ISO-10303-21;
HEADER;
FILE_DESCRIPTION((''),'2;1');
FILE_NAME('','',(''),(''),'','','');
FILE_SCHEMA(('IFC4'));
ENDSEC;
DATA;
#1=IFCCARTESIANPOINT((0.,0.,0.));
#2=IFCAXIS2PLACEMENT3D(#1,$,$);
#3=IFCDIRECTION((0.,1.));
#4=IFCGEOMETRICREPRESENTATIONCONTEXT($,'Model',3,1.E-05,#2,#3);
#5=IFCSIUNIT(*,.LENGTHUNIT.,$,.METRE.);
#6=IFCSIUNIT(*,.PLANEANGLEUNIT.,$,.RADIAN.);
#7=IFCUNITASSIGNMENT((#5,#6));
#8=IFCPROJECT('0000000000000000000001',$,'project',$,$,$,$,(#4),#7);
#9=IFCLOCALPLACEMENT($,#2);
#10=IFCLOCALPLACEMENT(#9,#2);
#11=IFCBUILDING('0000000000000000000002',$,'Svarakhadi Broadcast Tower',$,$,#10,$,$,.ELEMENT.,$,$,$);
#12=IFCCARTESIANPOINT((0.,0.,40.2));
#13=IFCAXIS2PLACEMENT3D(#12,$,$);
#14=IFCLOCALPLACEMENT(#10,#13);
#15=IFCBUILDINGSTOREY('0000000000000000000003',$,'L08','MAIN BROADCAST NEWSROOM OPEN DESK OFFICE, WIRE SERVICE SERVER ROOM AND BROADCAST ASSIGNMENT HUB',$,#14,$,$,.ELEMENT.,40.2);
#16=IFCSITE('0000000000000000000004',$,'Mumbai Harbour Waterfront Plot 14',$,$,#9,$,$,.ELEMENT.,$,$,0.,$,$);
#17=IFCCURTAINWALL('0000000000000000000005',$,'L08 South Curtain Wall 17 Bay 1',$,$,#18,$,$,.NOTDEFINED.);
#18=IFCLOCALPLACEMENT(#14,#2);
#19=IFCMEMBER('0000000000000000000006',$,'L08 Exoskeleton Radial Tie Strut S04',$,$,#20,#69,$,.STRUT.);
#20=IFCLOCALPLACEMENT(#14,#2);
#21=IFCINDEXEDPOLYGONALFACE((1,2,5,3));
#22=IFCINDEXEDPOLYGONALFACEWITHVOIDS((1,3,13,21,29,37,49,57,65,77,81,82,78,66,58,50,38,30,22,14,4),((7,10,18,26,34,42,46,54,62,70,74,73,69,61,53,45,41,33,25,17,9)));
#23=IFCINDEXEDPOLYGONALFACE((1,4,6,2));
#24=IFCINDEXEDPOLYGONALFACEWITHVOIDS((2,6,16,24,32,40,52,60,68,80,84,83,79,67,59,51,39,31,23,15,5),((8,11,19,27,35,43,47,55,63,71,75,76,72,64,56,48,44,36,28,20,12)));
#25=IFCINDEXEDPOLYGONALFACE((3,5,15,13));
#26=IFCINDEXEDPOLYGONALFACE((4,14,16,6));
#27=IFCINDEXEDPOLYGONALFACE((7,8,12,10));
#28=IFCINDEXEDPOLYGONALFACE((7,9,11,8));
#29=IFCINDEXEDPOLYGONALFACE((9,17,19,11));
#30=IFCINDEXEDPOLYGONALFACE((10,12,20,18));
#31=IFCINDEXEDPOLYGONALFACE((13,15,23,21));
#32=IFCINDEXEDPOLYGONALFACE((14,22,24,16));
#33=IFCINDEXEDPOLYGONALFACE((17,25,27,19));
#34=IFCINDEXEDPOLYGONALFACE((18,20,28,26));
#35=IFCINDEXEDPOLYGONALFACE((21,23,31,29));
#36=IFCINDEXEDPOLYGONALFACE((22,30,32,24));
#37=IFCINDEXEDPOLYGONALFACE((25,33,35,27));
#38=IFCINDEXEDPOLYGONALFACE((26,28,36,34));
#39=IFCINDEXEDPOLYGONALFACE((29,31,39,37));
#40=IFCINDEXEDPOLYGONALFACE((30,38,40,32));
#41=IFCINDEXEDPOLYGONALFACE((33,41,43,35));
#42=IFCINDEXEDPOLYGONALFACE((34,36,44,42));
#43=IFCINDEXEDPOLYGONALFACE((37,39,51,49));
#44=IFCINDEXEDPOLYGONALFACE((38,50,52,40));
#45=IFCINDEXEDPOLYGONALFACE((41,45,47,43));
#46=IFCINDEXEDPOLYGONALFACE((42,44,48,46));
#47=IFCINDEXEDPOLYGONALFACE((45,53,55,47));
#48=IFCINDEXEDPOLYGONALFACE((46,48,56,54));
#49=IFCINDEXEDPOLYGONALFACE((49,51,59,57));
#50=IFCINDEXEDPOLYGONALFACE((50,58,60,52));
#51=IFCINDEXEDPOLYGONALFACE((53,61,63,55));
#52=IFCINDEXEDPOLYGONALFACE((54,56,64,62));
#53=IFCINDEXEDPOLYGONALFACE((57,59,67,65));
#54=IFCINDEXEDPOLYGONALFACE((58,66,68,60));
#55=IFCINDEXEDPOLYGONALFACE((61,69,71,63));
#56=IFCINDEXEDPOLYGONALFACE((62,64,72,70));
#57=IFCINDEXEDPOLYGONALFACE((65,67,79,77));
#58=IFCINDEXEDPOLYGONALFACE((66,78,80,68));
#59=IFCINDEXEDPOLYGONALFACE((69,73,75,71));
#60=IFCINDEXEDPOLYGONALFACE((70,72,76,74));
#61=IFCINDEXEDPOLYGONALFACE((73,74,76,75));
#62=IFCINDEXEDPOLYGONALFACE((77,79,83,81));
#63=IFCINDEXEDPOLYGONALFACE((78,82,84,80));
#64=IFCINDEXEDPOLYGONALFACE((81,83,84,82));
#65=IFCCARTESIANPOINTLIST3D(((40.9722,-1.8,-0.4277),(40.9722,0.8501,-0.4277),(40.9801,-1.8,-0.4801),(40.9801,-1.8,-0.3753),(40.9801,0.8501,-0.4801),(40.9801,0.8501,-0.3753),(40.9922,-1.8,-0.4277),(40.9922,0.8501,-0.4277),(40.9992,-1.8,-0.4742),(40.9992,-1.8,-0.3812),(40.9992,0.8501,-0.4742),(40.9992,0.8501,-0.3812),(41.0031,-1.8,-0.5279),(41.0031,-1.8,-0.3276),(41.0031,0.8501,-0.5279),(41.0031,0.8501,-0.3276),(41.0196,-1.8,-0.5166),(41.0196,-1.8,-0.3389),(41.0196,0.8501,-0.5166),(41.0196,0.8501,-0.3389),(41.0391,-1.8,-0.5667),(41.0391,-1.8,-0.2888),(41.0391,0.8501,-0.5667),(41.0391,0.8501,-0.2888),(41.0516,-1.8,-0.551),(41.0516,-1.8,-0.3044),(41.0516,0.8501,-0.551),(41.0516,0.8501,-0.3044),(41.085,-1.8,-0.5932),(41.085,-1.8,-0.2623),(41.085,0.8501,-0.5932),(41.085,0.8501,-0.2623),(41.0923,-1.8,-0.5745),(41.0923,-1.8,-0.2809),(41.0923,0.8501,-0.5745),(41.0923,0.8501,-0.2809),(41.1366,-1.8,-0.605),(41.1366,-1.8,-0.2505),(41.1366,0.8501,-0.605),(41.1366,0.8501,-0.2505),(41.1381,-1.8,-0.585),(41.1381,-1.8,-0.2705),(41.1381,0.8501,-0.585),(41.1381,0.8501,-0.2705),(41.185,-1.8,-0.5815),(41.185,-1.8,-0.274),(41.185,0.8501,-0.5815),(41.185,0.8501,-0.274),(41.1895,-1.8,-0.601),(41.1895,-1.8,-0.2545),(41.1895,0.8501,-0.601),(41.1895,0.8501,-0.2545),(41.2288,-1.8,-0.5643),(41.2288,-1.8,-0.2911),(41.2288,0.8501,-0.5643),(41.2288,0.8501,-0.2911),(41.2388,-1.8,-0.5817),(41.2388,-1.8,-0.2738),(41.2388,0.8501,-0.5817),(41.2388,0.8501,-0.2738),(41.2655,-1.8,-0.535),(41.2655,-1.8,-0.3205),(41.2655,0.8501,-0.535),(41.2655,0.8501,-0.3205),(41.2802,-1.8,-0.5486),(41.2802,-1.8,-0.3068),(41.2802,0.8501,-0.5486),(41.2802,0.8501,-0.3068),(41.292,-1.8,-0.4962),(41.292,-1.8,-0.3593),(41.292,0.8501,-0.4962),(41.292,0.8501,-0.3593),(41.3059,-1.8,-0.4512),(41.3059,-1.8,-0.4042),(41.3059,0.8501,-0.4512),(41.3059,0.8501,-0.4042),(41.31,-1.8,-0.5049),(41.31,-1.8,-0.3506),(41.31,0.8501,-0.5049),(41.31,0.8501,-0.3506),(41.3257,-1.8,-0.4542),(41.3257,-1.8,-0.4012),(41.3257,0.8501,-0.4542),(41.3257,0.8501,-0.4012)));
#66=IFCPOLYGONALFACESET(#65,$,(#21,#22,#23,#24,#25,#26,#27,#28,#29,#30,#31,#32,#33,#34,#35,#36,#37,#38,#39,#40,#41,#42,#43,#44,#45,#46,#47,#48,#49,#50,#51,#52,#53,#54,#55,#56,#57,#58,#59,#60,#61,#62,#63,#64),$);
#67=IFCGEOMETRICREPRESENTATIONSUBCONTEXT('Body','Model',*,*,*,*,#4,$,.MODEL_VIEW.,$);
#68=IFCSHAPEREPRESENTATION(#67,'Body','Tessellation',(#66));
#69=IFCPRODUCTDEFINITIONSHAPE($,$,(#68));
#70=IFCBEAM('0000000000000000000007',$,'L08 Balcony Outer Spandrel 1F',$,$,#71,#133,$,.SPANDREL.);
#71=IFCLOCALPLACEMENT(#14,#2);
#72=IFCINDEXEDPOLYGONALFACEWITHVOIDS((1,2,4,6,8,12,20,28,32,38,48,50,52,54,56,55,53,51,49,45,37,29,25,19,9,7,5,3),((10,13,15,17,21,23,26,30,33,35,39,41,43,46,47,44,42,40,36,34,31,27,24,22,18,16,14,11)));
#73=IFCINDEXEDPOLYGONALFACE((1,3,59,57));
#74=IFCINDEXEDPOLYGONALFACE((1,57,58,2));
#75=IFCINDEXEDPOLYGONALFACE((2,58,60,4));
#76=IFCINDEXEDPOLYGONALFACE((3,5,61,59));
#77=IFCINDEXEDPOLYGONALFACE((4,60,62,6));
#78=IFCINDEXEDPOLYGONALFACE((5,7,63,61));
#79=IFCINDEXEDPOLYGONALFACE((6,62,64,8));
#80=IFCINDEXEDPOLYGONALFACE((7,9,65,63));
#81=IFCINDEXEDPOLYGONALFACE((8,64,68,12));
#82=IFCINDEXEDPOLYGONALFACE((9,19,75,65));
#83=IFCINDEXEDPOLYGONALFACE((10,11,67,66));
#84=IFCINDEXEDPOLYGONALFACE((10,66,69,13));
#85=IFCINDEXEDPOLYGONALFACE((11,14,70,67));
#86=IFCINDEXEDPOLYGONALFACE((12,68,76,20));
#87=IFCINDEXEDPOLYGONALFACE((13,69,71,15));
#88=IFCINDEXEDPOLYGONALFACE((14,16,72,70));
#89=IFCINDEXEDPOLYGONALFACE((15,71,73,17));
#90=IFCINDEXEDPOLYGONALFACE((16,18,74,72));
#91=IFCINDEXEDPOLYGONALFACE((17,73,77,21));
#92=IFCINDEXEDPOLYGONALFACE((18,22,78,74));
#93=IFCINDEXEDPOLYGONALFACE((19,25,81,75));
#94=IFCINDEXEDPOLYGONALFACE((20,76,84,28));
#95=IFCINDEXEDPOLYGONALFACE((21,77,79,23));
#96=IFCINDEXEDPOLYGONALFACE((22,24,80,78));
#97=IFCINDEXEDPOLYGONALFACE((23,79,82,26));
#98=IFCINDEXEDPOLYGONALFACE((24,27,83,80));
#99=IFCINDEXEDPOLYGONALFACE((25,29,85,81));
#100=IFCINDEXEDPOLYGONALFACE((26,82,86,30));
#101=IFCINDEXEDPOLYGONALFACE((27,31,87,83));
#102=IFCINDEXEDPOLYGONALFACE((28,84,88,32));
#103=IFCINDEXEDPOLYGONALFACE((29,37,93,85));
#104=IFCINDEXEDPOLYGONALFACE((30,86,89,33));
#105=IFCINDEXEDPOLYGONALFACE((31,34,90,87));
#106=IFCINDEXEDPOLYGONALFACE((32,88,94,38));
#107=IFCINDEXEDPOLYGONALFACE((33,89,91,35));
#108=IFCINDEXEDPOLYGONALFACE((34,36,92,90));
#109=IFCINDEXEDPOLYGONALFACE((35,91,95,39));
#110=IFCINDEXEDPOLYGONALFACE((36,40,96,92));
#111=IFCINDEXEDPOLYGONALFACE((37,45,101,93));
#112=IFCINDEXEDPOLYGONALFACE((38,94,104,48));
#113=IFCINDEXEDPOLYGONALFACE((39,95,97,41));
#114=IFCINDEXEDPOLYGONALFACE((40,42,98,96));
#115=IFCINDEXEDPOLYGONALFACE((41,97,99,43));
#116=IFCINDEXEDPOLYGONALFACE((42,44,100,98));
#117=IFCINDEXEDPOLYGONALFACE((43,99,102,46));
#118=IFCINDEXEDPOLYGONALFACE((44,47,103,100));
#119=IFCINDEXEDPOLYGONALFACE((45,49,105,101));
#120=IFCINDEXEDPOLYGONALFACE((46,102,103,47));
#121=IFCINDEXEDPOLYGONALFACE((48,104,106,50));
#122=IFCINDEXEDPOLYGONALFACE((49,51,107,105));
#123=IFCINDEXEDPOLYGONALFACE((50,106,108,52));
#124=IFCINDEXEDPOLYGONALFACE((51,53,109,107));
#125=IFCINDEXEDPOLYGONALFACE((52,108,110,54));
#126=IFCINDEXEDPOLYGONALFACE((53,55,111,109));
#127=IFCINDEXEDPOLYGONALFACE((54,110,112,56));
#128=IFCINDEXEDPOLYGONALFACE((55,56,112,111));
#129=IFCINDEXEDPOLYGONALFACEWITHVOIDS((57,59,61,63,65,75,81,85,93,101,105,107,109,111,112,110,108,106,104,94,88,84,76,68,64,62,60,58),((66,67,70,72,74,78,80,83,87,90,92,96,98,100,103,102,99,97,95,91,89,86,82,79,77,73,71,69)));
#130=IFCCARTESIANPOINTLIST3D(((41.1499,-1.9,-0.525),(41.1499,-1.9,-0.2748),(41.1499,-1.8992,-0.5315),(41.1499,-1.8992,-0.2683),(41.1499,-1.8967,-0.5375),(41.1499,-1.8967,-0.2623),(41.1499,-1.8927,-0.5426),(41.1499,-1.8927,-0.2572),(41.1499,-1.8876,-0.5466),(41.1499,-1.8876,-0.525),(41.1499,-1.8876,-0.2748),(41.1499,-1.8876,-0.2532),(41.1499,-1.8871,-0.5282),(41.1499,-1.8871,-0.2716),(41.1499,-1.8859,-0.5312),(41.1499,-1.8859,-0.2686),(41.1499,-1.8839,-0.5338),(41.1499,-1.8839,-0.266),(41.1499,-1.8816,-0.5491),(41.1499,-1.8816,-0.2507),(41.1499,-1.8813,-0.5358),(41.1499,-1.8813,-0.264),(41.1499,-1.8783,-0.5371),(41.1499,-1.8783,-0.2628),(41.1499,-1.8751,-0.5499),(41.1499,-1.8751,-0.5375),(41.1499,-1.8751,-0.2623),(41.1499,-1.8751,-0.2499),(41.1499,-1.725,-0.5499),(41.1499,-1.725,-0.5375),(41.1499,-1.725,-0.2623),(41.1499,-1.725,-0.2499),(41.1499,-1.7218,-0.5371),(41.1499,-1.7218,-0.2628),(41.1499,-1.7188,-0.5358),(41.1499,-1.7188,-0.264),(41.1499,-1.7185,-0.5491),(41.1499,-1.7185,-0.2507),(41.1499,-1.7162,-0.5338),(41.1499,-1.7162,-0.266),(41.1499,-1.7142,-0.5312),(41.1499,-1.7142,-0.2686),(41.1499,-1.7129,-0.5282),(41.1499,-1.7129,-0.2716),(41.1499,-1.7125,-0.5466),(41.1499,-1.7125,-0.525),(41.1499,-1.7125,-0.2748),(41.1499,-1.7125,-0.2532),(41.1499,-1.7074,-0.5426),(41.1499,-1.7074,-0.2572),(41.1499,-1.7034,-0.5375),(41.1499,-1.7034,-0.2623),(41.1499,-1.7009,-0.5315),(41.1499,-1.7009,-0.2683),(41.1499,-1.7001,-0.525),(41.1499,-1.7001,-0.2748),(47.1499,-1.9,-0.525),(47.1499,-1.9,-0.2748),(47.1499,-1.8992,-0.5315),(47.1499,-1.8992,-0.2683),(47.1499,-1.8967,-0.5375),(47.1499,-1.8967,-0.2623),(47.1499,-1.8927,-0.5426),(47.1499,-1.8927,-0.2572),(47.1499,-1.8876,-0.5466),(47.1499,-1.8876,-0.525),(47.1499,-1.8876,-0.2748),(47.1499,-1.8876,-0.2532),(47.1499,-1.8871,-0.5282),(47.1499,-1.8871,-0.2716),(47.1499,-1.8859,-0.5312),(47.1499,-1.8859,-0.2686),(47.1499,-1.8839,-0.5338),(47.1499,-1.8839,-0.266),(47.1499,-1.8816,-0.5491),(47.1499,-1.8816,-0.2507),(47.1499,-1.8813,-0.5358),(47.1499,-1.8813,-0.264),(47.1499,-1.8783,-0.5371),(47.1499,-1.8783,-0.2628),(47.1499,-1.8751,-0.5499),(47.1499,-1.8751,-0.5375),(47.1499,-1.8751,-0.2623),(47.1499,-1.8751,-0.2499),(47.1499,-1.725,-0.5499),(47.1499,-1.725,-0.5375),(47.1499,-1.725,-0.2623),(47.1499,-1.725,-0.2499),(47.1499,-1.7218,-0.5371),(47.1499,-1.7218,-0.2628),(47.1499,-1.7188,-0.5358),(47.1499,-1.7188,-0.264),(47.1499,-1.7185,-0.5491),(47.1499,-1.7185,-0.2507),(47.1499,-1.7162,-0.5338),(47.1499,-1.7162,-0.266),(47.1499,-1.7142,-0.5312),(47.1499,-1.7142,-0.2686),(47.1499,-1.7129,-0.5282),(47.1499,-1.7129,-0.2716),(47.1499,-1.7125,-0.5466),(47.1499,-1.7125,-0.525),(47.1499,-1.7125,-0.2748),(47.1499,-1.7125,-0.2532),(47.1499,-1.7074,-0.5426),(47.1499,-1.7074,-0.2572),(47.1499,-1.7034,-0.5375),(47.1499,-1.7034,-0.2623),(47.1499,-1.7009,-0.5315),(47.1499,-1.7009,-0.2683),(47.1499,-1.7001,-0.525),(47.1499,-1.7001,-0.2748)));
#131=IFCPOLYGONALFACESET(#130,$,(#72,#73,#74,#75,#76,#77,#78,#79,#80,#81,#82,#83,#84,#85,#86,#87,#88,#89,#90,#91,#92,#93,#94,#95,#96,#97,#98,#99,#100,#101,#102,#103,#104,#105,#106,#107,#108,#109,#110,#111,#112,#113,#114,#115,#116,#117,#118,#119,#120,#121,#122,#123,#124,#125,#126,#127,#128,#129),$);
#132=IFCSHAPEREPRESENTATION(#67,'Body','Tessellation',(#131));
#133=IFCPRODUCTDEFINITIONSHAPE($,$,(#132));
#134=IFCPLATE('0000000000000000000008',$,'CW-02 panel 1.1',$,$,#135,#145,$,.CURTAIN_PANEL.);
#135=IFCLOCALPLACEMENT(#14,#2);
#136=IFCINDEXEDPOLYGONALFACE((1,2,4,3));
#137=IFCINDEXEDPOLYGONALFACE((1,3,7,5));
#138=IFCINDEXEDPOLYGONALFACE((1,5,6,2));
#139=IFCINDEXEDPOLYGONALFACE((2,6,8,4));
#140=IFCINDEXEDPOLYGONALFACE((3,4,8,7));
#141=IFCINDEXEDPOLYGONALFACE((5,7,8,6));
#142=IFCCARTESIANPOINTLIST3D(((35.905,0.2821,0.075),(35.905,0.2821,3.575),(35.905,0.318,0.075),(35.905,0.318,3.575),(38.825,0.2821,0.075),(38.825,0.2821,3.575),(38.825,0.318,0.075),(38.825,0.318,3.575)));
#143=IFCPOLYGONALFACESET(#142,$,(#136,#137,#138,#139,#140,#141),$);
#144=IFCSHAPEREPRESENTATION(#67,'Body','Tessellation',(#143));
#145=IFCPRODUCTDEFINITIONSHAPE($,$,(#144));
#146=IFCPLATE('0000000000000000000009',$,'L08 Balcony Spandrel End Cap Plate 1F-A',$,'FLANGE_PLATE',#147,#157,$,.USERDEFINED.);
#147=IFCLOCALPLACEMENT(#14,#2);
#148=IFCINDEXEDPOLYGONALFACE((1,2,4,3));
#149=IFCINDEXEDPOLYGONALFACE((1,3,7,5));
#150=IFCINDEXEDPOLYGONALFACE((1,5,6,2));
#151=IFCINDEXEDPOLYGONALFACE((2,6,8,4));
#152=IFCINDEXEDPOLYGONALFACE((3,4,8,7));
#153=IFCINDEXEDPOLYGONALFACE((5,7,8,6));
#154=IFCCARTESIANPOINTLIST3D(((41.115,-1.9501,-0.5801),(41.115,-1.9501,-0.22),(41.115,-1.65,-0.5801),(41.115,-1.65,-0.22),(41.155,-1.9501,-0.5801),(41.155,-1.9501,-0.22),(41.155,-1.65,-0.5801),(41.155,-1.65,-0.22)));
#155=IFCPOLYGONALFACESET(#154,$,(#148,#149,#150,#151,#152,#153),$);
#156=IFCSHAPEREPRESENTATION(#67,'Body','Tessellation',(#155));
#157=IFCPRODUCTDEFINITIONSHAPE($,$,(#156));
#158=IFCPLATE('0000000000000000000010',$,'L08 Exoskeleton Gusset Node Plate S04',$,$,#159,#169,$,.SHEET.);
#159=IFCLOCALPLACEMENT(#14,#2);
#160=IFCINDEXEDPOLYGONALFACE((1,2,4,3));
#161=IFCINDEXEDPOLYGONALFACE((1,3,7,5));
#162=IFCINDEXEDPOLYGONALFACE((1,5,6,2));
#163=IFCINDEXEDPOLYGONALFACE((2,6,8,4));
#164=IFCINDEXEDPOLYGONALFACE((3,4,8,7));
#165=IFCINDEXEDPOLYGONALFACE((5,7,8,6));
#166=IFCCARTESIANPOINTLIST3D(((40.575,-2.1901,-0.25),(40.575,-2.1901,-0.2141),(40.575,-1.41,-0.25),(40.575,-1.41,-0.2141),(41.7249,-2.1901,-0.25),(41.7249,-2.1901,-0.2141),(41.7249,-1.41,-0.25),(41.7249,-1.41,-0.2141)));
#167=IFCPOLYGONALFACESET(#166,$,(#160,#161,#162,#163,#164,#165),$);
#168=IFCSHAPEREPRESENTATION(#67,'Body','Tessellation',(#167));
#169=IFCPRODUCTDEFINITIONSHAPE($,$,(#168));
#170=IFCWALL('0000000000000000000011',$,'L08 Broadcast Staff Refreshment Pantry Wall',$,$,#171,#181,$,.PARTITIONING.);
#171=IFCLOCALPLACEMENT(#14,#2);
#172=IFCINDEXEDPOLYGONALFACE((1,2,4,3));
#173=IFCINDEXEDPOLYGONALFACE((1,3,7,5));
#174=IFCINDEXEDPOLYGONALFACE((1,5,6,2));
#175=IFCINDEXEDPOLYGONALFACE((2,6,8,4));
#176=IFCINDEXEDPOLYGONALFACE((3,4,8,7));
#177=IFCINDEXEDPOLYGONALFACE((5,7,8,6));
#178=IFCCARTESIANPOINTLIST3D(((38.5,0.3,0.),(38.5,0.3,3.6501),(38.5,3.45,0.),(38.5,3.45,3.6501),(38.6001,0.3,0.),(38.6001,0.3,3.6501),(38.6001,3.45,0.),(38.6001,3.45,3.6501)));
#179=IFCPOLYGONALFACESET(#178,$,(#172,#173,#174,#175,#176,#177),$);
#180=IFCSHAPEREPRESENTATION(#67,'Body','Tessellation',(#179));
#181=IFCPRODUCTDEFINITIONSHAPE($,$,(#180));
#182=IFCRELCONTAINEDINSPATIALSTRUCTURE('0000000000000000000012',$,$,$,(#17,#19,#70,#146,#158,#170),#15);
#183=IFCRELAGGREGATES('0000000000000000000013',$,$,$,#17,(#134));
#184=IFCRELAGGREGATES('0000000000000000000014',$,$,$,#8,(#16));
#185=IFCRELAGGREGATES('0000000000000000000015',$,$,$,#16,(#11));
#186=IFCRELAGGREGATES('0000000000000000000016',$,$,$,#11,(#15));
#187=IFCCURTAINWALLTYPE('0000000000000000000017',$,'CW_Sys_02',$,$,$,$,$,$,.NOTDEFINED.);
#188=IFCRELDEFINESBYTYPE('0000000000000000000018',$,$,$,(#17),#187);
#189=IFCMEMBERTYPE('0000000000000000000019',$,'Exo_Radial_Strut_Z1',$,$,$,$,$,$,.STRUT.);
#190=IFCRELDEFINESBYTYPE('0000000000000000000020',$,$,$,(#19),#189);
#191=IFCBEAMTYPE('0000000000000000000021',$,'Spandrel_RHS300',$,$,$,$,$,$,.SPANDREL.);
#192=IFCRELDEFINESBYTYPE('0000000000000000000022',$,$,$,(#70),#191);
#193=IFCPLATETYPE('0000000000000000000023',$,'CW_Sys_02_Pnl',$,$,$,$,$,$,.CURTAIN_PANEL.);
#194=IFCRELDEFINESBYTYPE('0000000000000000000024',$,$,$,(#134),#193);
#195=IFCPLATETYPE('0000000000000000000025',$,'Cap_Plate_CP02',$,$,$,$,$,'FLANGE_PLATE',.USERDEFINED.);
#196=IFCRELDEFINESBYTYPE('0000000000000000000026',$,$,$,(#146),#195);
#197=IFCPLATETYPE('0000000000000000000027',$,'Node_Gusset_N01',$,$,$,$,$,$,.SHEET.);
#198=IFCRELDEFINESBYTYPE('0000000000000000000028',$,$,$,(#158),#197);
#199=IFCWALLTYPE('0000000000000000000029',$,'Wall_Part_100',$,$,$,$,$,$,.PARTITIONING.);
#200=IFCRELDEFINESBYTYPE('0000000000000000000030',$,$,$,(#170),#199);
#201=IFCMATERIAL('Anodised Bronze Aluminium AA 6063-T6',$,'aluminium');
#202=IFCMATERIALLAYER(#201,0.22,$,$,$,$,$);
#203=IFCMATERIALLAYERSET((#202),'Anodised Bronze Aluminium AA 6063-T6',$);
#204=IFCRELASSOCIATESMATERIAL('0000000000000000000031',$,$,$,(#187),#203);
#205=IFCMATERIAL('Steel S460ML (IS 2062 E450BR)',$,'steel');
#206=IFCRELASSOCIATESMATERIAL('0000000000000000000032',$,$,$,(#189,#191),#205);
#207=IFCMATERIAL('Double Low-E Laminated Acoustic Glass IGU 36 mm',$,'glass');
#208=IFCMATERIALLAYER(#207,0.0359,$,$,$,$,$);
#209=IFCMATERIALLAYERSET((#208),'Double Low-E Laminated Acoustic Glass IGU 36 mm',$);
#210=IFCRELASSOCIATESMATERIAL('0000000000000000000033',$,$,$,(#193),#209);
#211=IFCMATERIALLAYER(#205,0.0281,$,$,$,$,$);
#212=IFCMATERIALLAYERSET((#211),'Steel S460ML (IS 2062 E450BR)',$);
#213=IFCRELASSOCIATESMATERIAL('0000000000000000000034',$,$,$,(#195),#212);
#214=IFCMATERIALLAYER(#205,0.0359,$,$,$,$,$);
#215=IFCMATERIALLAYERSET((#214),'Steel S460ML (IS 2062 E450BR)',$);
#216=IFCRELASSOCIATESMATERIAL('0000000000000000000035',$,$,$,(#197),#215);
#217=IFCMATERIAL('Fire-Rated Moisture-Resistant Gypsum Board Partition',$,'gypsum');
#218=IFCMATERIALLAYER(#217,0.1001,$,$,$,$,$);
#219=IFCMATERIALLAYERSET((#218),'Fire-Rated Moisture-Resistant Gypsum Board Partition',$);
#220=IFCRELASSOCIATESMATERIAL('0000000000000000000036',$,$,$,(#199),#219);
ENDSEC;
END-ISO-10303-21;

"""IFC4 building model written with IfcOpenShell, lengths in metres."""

from ifc_helpers import new_model, si_unit, direction, frame, frame_2d, origin, origin_2d, place, context, subcontext, project, spatial, rectangle, hollow_rectangle, hollow_circle, extrude, material, layer, layer_set, material_profile, profile_set, type_object, element, aggregate, save


model = new_model("IFC4")

# Units and contexts
model_context = context("Model", 3, precision=1e-05, world=origin(), true_north=direction((0.0, 1.0)))
body_context = subcontext(model_context, "Body", "Model", "MODEL_VIEW")
ifc_project = project(units=[si_unit("LENGTHUNIT", "METRE"), si_unit("PLANEANGLEUNIT", "RADIAN")], contexts=[model_context])

# Site, building, storey
site_placement = place(None, origin())
site = spatial("IfcSite", under=ifc_project, at=site_placement, Name="Mumbai Harbour Waterfront Plot 14", CompositionType="ELEMENT", RefElevation=0.0)
building_placement = place(site_placement, origin())
building = spatial("IfcBuilding", under=site, at=building_placement, Name="Svarakhadi Broadcast Tower", CompositionType="ELEMENT")
storey_placement = place(building_placement, frame((0.0, 0.0, 40.2)))
storey = spatial("IfcBuildingStorey", under=building, at=storey_placement, Name="L08", Description="MAIN BROADCAST NEWSROOM OPEN DESK OFFICE, WIRE SERVICE SERVER ROOM AND BROADCAST ASSIGNMENT HUB", CompositionType="ELEMENT", Elevation=40.2)

# Curtain wall
ifc_material_1 = material(Name="Anodised Bronze Aluminium AA 6063-T6", Category="aluminium")
ifc_layer_1 = layer(ifc_material_1, 0.22)
ifc_layer_set_1 = layer_set([ifc_layer_1], Name="Anodised Bronze Aluminium AA 6063-T6")
curtain_wall_type = type_object("IfcCurtainWallType", Name="CW_Sys_02", PredefinedType="NOTDEFINED", material=ifc_layer_set_1)
curtain_wall_placement = place(storey_placement, origin())
curtain_wall = element("IfcCurtainWall", 1, at=curtain_wall_placement, inside=storey, type_object=curtain_wall_type, Name="L08 South Curtain Wall 17 Bay 1", PredefinedType="NOTDEFINED")

# Member
ifc_material_2 = material(Name="Steel S460ML (IS 2062 E450BR)", Category="steel")
ifc_material_profile_1 = material_profile(ifc_material_2, hollow_circle(Radius=0.1777, WallThickness=0.02, at=origin_2d()), Name="CHS 355.6x20")
ifc_profile_set_1 = profile_set([ifc_material_profile_1], Name="Steel S460ML (IS 2062 E450BR)")
member_type_1 = type_object("IfcMemberType", Name="Exo_Radial_Strut_Z1", PredefinedType="STRUT", material=ifc_profile_set_1)
member_1_placement = place(storey_placement, frame((41.1499, -1.8, -0.4277), z_axis=(0.0, 1.0, 0.0), x_axis=(-1.0, 0.0, 0.0)))
element("IfcMember", 2, at=member_1_placement, inside=storey, type_object=member_type_1, Name="L08 Exoskeleton Radial Tie Strut S04", PredefinedType="STRUT", context=body_context, shape_type="SweptSolid", body=[
    extrude(hollow_circle(Radius=0.1777, WallThickness=0.02, at=origin_2d()), origin(), (0.0, 0.0, 1.0), 2.6501),
])

# Beam
ifc_material_profile_2 = material_profile(ifc_material_2, hollow_rectangle(XDim=0.2, YDim=0.3, WallThickness=0.0125, InnerFilletRadius=0.0125, OuterFilletRadius=0.0249, at=origin_2d()), Name="RHS 300x200x12.5")
ifc_profile_set_2 = profile_set([ifc_material_profile_2], Name="Steel S460ML (IS 2062 E450BR)")
beam_type_1 = type_object("IfcBeamType", Name="Spandrel_RHS300", PredefinedType="SPANDREL", material=ifc_profile_set_2)
beam_placement = place(storey_placement, frame((41.1499, -1.8, -0.3999), z_axis=(1.0, 0.0, 0.0), x_axis=(0.0, 1.0, 0.0)))
element("IfcBeam", 3, at=beam_placement, inside=storey, type_object=beam_type_1, Name="L08 Balcony Outer Spandrel 1F", PredefinedType="SPANDREL", context=body_context, shape_type="SweptSolid", body=[
    extrude(hollow_rectangle(XDim=0.2, YDim=0.3, WallThickness=0.0125, InnerFilletRadius=0.0125, OuterFilletRadius=0.0249, at=origin_2d()), origin(), (0.0, 0.0, 1.0), 6.0),
])

# Plate
ifc_material_3 = material(Name="Double Low-E Laminated Acoustic Glass IGU 36 mm", Category="glass")
ifc_layer_2 = layer(ifc_material_3, 0.0359)
ifc_layer_set_2 = layer_set([ifc_layer_2], Name="Double Low-E Laminated Acoustic Glass IGU 36 mm")
plate_type_1 = type_object("IfcPlateType", Name="CW_Sys_02_Pnl", PredefinedType="CURTAIN_PANEL", material=ifc_layer_set_2)
plate_1_placement = place(storey_placement, frame((37.365, 0.3, 0.075), z_axis=(0.0, 0.0, 1.0), x_axis=(-1.0, 0.0, 0.0)))
plate_1 = element("IfcPlate", 4, at=plate_1_placement, type_object=plate_type_1, Name="CW-02 panel 1.1", PredefinedType="CURTAIN_PANEL", context=body_context, shape_type="SweptSolid", body=[
    extrude(rectangle(XDim=2.9199, YDim=0.0359, at=origin_2d()), origin(), (0.0, 0.0, 1.0), 3.5),
])
aggregate(curtain_wall, [plate_1])

# Plates
ifc_layer_3 = layer(ifc_material_2, 0.0281)
ifc_layer_set_3 = layer_set([ifc_layer_3], Name="Steel S460ML (IS 2062 E450BR)")
plate_type_2 = type_object("IfcPlateType", Name="Cap_Plate_CP02", ElementType="FLANGE_PLATE", PredefinedType="USERDEFINED", material=ifc_layer_set_3)
plate_2_placement = place(storey_placement, frame((41.135, -1.8, -0.5801), z_axis=(0.0, 0.0, 1.0), x_axis=(1.0, 0.0, 0.0)))
element("IfcPlate", 5, at=plate_2_placement, inside=storey, type_object=plate_type_2, Name="L08 Balcony Spandrel End Cap Plate 1F-A", ObjectType="FLANGE_PLATE", PredefinedType="USERDEFINED", context=body_context, shape_type="SweptSolid", body=[
    extrude(rectangle(XDim=0.04, YDim=0.3, at=origin_2d()), origin(), (0.0, 0.0, 1.0), 0.3601),
])
ifc_layer_4 = layer(ifc_material_2, 0.0359)
ifc_layer_set_4 = layer_set([ifc_layer_4], Name="Steel S460ML (IS 2062 E450BR)")
plate_type_3 = type_object("IfcPlateType", Name="Node_Gusset_N01", PredefinedType="SHEET", material=ifc_layer_set_4)
plate_3_placement = place(storey_placement, frame((41.1499, -1.8, -0.25), z_axis=(0.0, 0.0, 1.0), x_axis=(1.0, 0.0, 0.0)))
element("IfcPlate", 6, at=plate_3_placement, inside=storey, type_object=plate_type_3, Name="L08 Exoskeleton Gusset Node Plate S04", PredefinedType="SHEET", context=body_context, shape_type="SweptSolid", body=[
    extrude(rectangle(XDim=1.1499, YDim=0.78, at=origin_2d()), origin(), (0.0, 0.0, 1.0), 0.0359),
])

# Wall
ifc_material_4 = material(Name="Fire-Rated Moisture-Resistant Gypsum Board Partition", Category="gypsum")
ifc_layer_5 = layer(ifc_material_4, 0.1001)
ifc_layer_set_5 = layer_set([ifc_layer_5], Name="Fire-Rated Moisture-Resistant Gypsum Board Partition")
wall_type_1 = type_object("IfcWallType", Name="Wall_Part_100", PredefinedType="PARTITIONING", material=ifc_layer_set_5)
wall_1_placement = place(storey_placement, frame((38.55, 0.3, 0.0), z_axis=(0.0, 0.0, 1.0), x_axis=(0.0, 1.0, 0.0)))
element("IfcWall", 7, at=wall_1_placement, inside=storey, type_object=wall_type_1, Name="L08 Broadcast Staff Refreshment Pantry Wall", PredefinedType="PARTITIONING", context=body_context, shape_type="SweptSolid", body=[
    extrude(rectangle(XDim=3.1499, YDim=0.1001, at=frame_2d((1.575, 0.0))), origin(), (0.0, 0.0, 1.0), 3.6501),
])

save(model, "model.ifc")
